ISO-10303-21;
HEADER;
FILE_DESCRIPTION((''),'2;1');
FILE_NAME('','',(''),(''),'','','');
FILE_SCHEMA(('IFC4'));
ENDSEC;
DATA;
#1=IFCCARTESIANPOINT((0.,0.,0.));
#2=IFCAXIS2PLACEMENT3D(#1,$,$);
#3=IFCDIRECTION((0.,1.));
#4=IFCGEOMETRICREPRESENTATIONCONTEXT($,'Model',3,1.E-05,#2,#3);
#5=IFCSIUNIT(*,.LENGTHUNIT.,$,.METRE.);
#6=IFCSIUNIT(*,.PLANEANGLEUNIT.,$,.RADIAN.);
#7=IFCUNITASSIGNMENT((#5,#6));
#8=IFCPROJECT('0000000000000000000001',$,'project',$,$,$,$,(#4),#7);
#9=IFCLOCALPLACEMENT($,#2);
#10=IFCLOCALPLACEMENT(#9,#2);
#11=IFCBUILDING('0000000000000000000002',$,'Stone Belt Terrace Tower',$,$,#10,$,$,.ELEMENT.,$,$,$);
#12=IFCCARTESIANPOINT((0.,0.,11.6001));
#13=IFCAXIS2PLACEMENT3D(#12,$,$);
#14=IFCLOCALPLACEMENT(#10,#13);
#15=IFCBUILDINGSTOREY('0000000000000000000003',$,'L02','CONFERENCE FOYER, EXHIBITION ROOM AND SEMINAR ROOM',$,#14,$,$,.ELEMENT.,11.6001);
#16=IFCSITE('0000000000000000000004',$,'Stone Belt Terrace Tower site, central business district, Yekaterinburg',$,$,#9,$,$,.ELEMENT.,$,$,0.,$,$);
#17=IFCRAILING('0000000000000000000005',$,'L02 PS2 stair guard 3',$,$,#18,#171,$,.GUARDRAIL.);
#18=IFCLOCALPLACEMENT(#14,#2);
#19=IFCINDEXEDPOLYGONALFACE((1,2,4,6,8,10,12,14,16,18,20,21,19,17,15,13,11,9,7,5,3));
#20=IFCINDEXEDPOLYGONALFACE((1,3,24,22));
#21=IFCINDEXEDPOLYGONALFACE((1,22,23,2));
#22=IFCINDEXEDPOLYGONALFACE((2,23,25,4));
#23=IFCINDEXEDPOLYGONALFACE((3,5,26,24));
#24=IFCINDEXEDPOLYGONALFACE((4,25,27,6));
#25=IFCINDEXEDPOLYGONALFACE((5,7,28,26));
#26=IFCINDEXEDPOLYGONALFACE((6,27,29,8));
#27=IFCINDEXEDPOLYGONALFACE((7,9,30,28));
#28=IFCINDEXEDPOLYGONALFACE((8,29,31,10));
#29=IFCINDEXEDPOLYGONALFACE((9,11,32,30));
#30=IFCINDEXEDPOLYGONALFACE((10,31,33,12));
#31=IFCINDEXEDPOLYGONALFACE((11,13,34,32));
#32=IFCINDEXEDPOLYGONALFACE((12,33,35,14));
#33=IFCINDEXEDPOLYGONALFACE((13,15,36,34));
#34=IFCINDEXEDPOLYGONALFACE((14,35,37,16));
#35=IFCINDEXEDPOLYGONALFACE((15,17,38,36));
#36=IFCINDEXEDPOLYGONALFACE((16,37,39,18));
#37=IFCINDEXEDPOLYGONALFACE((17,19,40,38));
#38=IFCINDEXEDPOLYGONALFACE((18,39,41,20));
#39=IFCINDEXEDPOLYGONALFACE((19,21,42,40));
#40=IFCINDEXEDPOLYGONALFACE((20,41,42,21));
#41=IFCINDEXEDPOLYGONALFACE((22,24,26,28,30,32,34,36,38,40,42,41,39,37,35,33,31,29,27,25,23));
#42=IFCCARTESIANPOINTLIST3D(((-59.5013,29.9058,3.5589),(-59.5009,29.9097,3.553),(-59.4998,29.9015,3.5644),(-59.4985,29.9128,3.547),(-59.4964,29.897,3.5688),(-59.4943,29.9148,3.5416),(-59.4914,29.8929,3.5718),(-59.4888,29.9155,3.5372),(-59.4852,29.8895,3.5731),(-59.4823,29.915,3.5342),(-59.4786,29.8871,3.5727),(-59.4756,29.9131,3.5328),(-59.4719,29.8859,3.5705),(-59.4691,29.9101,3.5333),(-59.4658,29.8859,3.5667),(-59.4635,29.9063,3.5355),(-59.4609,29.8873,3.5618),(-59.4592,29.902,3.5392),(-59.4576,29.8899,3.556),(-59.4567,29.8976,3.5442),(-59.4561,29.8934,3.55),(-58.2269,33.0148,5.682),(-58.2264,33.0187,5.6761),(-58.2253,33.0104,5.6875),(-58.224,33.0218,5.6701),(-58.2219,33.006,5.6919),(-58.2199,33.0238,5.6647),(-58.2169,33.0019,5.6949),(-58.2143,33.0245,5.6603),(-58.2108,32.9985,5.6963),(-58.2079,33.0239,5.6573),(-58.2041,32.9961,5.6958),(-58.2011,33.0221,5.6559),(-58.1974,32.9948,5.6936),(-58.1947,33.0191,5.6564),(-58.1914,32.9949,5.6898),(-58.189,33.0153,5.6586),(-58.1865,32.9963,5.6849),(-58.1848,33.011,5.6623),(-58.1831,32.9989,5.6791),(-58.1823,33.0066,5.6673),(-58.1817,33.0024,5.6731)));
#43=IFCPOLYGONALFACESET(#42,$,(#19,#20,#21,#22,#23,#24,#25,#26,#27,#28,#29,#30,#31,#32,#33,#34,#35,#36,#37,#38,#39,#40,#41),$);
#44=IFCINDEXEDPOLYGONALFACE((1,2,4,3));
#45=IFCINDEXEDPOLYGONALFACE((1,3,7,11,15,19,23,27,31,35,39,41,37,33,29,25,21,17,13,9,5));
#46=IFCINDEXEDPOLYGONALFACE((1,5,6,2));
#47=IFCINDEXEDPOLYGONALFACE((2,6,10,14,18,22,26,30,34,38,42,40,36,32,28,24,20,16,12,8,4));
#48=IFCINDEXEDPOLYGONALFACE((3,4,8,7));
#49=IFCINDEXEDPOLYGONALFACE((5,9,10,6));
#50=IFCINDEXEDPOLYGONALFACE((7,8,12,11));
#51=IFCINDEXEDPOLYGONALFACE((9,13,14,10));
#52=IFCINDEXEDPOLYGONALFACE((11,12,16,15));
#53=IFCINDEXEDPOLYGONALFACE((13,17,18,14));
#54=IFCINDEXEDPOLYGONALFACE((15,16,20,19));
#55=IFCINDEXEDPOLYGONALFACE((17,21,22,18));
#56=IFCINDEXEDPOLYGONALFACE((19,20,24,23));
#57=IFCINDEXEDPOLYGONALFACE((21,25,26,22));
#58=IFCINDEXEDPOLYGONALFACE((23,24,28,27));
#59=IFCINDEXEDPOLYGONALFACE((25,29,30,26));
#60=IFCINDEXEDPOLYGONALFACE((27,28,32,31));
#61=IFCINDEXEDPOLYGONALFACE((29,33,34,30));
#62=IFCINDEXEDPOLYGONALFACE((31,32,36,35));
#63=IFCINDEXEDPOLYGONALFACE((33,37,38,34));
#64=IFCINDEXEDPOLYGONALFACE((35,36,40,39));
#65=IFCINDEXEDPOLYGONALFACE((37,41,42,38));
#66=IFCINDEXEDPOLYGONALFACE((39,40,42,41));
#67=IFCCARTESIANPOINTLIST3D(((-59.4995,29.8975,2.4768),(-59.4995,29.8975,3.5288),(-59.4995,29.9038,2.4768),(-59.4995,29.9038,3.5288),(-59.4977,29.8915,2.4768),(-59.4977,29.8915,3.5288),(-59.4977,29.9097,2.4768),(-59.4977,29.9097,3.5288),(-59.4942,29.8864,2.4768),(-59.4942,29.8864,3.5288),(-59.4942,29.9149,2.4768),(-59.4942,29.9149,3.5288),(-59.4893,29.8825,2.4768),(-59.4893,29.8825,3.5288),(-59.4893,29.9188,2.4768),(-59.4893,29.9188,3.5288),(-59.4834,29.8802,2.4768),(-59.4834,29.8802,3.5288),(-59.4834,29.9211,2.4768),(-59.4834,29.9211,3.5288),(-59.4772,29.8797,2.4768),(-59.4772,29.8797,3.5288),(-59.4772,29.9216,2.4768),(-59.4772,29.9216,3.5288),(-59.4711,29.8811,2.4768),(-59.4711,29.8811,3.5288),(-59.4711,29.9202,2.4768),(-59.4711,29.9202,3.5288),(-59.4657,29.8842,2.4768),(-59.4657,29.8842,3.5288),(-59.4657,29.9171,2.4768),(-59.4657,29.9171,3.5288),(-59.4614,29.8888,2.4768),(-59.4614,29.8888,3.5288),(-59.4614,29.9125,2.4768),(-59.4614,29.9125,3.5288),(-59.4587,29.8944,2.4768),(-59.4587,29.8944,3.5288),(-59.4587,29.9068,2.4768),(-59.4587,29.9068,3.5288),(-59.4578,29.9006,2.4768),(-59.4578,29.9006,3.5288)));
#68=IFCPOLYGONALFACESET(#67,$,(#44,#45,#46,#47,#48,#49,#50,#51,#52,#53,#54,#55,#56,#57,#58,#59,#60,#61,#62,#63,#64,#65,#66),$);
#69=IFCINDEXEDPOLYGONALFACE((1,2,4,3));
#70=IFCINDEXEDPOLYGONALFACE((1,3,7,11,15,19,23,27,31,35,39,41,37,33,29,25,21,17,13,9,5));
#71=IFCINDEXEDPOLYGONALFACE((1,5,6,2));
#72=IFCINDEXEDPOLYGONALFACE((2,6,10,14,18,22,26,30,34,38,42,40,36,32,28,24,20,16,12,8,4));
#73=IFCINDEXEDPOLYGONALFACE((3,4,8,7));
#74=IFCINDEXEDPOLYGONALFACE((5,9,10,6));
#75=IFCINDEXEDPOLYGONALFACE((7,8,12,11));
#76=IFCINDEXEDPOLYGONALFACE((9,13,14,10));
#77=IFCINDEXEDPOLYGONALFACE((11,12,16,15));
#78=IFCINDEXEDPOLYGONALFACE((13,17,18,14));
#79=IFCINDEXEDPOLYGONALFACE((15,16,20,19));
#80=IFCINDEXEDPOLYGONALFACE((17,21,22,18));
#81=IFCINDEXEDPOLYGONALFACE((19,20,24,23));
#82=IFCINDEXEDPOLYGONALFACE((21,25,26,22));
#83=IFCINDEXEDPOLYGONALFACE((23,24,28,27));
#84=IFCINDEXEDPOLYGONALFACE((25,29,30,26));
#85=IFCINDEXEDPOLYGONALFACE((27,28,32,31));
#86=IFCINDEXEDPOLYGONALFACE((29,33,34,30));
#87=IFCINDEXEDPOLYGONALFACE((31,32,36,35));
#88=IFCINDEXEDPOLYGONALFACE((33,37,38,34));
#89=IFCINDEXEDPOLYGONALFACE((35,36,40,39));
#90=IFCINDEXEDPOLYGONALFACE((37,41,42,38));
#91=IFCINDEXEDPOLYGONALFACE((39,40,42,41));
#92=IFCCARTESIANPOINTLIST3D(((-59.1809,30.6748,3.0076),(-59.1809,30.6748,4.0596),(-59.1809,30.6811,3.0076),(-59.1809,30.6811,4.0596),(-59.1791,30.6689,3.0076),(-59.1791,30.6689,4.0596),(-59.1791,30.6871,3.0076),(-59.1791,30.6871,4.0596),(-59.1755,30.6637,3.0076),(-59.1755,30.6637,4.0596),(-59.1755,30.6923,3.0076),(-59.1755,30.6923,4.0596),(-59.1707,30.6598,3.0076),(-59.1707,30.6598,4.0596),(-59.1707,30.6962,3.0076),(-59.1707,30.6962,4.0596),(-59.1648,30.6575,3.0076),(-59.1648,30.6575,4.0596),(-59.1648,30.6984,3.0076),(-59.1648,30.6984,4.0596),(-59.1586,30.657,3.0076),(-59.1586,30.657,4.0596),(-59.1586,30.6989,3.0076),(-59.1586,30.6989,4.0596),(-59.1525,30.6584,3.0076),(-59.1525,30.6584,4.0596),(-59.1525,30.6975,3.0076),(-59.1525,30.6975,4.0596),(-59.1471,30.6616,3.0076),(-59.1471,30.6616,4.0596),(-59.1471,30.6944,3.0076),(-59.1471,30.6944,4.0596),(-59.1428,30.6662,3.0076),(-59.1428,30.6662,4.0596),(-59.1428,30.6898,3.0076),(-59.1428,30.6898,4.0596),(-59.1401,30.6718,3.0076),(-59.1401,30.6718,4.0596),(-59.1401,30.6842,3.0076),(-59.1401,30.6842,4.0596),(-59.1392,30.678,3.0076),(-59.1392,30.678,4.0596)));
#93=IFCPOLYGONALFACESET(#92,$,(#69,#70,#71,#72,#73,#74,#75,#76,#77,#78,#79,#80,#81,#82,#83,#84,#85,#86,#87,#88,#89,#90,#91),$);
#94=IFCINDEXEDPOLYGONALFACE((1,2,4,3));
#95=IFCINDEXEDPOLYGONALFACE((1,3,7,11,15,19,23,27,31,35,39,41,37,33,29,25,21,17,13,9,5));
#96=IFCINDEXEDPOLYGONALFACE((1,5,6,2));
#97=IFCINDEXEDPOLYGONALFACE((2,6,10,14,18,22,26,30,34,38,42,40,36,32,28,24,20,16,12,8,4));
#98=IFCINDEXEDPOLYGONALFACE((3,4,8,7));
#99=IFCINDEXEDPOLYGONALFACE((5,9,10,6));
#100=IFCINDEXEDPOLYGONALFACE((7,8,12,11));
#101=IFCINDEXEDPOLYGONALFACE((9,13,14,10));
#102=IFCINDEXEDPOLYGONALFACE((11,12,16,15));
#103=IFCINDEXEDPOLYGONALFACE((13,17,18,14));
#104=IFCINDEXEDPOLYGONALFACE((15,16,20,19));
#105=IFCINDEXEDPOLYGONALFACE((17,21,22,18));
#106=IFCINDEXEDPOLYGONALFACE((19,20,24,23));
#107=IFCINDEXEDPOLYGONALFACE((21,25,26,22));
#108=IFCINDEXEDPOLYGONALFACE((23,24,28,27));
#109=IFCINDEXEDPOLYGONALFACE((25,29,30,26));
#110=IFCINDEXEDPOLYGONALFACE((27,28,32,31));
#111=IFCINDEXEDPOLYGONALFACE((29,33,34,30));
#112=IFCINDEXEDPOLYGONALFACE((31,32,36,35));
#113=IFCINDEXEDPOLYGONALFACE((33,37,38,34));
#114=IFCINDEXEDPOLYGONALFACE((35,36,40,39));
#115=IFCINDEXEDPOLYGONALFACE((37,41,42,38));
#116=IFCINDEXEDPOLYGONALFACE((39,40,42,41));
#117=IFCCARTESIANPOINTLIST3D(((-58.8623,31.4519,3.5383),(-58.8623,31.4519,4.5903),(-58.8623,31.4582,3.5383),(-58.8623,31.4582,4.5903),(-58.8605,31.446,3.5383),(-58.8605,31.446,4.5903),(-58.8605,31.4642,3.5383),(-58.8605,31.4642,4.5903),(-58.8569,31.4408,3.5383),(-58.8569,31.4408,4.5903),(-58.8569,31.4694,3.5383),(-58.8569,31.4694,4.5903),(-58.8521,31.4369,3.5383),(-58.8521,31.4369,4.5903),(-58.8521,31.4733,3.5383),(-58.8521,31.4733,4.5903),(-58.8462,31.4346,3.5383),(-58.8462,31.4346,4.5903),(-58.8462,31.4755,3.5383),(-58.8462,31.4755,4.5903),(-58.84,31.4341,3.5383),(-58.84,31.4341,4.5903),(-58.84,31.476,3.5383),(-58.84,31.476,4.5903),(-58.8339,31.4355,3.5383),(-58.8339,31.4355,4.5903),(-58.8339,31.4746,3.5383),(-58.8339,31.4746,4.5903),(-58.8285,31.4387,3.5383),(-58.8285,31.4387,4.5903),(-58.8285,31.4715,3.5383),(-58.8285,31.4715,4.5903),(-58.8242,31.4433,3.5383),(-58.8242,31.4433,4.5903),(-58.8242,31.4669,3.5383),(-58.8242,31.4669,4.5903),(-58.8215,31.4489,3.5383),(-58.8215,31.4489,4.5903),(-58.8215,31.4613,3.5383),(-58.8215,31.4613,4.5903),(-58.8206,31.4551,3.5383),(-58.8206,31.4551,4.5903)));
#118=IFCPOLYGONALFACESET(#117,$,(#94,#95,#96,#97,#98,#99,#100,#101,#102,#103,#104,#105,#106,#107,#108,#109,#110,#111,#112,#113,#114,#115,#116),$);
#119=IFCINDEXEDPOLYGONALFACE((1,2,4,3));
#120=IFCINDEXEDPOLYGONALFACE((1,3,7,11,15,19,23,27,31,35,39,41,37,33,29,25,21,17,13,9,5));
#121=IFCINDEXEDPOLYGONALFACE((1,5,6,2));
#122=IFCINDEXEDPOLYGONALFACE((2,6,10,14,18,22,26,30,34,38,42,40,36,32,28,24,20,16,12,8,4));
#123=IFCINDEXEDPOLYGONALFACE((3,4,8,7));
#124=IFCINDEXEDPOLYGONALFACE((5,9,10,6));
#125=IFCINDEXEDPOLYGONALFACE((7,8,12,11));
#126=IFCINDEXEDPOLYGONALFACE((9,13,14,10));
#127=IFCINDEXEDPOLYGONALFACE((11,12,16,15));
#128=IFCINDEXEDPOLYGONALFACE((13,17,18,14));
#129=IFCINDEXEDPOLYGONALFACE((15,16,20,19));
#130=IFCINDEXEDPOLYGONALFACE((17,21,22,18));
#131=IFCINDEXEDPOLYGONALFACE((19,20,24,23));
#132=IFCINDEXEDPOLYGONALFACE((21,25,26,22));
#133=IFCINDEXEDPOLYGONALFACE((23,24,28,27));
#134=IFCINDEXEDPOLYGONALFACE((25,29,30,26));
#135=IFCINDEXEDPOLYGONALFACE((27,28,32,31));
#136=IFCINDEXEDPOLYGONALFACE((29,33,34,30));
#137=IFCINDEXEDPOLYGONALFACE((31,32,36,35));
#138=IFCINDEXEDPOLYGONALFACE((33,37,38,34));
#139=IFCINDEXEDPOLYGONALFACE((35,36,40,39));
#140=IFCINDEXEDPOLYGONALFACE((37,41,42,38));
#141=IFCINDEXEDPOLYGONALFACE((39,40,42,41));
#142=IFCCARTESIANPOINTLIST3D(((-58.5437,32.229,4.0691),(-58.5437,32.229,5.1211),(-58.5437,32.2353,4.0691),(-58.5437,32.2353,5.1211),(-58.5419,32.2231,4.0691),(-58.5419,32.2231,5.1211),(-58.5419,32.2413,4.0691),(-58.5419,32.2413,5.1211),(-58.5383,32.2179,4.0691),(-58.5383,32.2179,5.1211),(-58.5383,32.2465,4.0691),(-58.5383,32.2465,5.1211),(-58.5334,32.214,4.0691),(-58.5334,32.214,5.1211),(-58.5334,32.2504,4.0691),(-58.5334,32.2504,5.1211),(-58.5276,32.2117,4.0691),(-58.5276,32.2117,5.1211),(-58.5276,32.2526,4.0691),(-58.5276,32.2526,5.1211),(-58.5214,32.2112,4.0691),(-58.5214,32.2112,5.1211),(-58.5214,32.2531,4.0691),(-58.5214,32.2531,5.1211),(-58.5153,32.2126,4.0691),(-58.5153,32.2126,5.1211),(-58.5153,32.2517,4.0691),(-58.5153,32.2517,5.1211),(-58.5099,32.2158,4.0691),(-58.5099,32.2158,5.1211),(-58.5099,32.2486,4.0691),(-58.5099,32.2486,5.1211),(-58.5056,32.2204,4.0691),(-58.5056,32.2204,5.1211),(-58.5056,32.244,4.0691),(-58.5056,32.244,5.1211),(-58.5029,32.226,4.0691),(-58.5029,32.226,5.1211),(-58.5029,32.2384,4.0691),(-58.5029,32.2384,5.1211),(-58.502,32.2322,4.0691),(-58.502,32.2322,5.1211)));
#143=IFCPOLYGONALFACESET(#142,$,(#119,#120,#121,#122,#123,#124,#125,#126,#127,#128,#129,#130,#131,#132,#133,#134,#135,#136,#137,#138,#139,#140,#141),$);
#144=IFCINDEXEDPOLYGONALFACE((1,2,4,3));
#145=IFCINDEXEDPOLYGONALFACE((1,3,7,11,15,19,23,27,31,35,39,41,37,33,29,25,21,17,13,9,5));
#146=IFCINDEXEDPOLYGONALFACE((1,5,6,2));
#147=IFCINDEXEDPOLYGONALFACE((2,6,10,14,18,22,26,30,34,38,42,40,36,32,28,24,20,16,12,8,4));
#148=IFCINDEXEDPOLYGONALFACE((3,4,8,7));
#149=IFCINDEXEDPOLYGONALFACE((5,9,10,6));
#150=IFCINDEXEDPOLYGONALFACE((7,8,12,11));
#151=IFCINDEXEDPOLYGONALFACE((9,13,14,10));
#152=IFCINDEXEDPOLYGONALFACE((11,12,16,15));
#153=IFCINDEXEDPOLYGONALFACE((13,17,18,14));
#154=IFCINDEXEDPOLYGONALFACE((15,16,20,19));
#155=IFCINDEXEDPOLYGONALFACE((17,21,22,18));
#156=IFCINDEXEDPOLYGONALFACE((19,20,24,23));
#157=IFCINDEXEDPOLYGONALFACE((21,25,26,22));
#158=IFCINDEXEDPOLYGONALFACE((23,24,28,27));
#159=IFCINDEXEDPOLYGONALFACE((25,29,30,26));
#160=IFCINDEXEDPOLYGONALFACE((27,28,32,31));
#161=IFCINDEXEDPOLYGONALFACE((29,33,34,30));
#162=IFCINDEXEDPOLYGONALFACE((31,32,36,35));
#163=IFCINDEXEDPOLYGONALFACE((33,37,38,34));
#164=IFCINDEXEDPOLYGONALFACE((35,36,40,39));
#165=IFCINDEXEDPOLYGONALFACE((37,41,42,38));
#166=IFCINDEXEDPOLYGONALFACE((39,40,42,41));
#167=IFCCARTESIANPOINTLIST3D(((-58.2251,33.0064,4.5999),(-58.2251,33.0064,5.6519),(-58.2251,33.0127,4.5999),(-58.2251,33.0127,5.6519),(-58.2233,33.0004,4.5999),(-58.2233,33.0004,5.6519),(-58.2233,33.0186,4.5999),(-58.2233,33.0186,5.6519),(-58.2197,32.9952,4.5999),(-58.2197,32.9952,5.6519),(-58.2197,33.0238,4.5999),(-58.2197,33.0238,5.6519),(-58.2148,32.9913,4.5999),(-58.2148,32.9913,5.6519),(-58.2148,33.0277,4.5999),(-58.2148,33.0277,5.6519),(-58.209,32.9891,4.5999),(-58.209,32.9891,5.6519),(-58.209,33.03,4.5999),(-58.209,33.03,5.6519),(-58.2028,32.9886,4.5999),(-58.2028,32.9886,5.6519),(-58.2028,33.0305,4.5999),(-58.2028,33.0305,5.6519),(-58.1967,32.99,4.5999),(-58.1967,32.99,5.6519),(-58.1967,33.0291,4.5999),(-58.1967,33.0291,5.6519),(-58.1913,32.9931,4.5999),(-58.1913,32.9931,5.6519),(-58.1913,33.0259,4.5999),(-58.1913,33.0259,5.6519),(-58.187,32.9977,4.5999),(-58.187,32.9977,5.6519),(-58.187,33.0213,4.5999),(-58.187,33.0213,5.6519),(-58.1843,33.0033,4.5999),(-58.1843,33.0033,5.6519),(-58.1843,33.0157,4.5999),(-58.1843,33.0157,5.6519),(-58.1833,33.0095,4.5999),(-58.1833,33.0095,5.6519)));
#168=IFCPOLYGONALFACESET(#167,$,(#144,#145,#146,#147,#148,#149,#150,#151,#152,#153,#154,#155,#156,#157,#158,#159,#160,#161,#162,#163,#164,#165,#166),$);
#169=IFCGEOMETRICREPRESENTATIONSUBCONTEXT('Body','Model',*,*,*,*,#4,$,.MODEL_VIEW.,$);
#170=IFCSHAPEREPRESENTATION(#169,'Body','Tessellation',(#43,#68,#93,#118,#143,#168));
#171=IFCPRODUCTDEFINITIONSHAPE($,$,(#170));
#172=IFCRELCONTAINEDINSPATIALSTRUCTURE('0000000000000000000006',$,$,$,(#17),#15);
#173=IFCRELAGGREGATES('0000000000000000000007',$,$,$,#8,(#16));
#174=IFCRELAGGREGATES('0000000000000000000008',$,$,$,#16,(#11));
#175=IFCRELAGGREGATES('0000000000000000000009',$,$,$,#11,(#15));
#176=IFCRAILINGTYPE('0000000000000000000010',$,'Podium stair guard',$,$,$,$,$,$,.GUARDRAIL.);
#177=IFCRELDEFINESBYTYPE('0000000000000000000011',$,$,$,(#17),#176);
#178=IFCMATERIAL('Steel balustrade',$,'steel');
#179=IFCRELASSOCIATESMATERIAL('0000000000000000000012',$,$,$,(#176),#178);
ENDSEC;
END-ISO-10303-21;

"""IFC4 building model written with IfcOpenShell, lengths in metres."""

from ifc_helpers import new_model, si_unit, direction, frame, origin, origin_2d, place, context, subcontext, project, spatial, circle, extrude, material, type_object, element, save


model = new_model("IFC4")

# Units and contexts
model_context = context("Model", 3, precision=1e-05, world=origin(), true_north=direction((0.0, 1.0)))
body_context = subcontext(model_context, "Body", "Model", "MODEL_VIEW")
ifc_project = project(units=[si_unit("LENGTHUNIT", "METRE"), si_unit("PLANEANGLEUNIT", "RADIAN")], contexts=[model_context])

# Site, building, storey
site_placement = place(None, origin())
site = spatial("IfcSite", under=ifc_project, at=site_placement, Name="Stone Belt Terrace Tower site, central business district, Yekaterinburg", CompositionType="ELEMENT", RefElevation=0.0)
building_placement = place(site_placement, origin())
building = spatial("IfcBuilding", under=site, at=building_placement, Name="Stone Belt Terrace Tower", CompositionType="ELEMENT")
storey_placement = place(building_placement, frame((0.0, 0.0, 11.6001)))
storey = spatial("IfcBuildingStorey", under=building, at=storey_placement, Name="L02", Description="CONFERENCE FOYER, EXHIBITION ROOM AND SEMINAR ROOM", CompositionType="ELEMENT", Elevation=11.6001)

# Railing
ifc_material_1 = material(Name="Steel balustrade", Category="steel")
railing_type_1 = type_object("IfcRailingType", Name="Podium stair guard", PredefinedType="GUARDRAIL", material=ifc_material_1)
railing_1_placement = place(storey_placement, frame((-59.4788, 29.9006, 2.4768)))
element("IfcRailing", 1, at=railing_1_placement, inside=storey, type_object=railing_type_1, Name="L02 PS2 stair guard 3", PredefinedType="GUARDRAIL", context=body_context, shape_type="SweptSolid", body=[
    extrude(circle(Radius=0.0239, at=origin_2d()), frame((0.0, 0.0, 1.0762), z_axis=(0.320648, 0.782209, 0.534167), x_axis=(-0.925276, 0.379295, 0.0)), (0.0, 0.0, 1.0), 3.9746),
    extrude(circle(Radius=0.021, at=origin_2d()), origin(), (0.0, 0.0, 1.0), 1.052),
    extrude(circle(Radius=0.021, at=origin_2d()), frame((0.3186, 0.7773, 0.5308)), (0.0, 0.0, 1.0), 1.052),
    extrude(circle(Radius=0.021, at=origin_2d()), frame((0.6372, 1.5544, 1.0615)), (0.0, 0.0, 1.0), 1.052),
    extrude(circle(Radius=0.021, at=origin_2d()), frame((0.9558, 2.3315, 1.5923)), (0.0, 0.0, 1.0), 1.052),
    extrude(circle(Radius=0.021, at=origin_2d()), frame((1.2744, 3.1089, 2.123)), (0.0, 0.0, 1.0), 1.052),
])

save(model, "model.ifc")
